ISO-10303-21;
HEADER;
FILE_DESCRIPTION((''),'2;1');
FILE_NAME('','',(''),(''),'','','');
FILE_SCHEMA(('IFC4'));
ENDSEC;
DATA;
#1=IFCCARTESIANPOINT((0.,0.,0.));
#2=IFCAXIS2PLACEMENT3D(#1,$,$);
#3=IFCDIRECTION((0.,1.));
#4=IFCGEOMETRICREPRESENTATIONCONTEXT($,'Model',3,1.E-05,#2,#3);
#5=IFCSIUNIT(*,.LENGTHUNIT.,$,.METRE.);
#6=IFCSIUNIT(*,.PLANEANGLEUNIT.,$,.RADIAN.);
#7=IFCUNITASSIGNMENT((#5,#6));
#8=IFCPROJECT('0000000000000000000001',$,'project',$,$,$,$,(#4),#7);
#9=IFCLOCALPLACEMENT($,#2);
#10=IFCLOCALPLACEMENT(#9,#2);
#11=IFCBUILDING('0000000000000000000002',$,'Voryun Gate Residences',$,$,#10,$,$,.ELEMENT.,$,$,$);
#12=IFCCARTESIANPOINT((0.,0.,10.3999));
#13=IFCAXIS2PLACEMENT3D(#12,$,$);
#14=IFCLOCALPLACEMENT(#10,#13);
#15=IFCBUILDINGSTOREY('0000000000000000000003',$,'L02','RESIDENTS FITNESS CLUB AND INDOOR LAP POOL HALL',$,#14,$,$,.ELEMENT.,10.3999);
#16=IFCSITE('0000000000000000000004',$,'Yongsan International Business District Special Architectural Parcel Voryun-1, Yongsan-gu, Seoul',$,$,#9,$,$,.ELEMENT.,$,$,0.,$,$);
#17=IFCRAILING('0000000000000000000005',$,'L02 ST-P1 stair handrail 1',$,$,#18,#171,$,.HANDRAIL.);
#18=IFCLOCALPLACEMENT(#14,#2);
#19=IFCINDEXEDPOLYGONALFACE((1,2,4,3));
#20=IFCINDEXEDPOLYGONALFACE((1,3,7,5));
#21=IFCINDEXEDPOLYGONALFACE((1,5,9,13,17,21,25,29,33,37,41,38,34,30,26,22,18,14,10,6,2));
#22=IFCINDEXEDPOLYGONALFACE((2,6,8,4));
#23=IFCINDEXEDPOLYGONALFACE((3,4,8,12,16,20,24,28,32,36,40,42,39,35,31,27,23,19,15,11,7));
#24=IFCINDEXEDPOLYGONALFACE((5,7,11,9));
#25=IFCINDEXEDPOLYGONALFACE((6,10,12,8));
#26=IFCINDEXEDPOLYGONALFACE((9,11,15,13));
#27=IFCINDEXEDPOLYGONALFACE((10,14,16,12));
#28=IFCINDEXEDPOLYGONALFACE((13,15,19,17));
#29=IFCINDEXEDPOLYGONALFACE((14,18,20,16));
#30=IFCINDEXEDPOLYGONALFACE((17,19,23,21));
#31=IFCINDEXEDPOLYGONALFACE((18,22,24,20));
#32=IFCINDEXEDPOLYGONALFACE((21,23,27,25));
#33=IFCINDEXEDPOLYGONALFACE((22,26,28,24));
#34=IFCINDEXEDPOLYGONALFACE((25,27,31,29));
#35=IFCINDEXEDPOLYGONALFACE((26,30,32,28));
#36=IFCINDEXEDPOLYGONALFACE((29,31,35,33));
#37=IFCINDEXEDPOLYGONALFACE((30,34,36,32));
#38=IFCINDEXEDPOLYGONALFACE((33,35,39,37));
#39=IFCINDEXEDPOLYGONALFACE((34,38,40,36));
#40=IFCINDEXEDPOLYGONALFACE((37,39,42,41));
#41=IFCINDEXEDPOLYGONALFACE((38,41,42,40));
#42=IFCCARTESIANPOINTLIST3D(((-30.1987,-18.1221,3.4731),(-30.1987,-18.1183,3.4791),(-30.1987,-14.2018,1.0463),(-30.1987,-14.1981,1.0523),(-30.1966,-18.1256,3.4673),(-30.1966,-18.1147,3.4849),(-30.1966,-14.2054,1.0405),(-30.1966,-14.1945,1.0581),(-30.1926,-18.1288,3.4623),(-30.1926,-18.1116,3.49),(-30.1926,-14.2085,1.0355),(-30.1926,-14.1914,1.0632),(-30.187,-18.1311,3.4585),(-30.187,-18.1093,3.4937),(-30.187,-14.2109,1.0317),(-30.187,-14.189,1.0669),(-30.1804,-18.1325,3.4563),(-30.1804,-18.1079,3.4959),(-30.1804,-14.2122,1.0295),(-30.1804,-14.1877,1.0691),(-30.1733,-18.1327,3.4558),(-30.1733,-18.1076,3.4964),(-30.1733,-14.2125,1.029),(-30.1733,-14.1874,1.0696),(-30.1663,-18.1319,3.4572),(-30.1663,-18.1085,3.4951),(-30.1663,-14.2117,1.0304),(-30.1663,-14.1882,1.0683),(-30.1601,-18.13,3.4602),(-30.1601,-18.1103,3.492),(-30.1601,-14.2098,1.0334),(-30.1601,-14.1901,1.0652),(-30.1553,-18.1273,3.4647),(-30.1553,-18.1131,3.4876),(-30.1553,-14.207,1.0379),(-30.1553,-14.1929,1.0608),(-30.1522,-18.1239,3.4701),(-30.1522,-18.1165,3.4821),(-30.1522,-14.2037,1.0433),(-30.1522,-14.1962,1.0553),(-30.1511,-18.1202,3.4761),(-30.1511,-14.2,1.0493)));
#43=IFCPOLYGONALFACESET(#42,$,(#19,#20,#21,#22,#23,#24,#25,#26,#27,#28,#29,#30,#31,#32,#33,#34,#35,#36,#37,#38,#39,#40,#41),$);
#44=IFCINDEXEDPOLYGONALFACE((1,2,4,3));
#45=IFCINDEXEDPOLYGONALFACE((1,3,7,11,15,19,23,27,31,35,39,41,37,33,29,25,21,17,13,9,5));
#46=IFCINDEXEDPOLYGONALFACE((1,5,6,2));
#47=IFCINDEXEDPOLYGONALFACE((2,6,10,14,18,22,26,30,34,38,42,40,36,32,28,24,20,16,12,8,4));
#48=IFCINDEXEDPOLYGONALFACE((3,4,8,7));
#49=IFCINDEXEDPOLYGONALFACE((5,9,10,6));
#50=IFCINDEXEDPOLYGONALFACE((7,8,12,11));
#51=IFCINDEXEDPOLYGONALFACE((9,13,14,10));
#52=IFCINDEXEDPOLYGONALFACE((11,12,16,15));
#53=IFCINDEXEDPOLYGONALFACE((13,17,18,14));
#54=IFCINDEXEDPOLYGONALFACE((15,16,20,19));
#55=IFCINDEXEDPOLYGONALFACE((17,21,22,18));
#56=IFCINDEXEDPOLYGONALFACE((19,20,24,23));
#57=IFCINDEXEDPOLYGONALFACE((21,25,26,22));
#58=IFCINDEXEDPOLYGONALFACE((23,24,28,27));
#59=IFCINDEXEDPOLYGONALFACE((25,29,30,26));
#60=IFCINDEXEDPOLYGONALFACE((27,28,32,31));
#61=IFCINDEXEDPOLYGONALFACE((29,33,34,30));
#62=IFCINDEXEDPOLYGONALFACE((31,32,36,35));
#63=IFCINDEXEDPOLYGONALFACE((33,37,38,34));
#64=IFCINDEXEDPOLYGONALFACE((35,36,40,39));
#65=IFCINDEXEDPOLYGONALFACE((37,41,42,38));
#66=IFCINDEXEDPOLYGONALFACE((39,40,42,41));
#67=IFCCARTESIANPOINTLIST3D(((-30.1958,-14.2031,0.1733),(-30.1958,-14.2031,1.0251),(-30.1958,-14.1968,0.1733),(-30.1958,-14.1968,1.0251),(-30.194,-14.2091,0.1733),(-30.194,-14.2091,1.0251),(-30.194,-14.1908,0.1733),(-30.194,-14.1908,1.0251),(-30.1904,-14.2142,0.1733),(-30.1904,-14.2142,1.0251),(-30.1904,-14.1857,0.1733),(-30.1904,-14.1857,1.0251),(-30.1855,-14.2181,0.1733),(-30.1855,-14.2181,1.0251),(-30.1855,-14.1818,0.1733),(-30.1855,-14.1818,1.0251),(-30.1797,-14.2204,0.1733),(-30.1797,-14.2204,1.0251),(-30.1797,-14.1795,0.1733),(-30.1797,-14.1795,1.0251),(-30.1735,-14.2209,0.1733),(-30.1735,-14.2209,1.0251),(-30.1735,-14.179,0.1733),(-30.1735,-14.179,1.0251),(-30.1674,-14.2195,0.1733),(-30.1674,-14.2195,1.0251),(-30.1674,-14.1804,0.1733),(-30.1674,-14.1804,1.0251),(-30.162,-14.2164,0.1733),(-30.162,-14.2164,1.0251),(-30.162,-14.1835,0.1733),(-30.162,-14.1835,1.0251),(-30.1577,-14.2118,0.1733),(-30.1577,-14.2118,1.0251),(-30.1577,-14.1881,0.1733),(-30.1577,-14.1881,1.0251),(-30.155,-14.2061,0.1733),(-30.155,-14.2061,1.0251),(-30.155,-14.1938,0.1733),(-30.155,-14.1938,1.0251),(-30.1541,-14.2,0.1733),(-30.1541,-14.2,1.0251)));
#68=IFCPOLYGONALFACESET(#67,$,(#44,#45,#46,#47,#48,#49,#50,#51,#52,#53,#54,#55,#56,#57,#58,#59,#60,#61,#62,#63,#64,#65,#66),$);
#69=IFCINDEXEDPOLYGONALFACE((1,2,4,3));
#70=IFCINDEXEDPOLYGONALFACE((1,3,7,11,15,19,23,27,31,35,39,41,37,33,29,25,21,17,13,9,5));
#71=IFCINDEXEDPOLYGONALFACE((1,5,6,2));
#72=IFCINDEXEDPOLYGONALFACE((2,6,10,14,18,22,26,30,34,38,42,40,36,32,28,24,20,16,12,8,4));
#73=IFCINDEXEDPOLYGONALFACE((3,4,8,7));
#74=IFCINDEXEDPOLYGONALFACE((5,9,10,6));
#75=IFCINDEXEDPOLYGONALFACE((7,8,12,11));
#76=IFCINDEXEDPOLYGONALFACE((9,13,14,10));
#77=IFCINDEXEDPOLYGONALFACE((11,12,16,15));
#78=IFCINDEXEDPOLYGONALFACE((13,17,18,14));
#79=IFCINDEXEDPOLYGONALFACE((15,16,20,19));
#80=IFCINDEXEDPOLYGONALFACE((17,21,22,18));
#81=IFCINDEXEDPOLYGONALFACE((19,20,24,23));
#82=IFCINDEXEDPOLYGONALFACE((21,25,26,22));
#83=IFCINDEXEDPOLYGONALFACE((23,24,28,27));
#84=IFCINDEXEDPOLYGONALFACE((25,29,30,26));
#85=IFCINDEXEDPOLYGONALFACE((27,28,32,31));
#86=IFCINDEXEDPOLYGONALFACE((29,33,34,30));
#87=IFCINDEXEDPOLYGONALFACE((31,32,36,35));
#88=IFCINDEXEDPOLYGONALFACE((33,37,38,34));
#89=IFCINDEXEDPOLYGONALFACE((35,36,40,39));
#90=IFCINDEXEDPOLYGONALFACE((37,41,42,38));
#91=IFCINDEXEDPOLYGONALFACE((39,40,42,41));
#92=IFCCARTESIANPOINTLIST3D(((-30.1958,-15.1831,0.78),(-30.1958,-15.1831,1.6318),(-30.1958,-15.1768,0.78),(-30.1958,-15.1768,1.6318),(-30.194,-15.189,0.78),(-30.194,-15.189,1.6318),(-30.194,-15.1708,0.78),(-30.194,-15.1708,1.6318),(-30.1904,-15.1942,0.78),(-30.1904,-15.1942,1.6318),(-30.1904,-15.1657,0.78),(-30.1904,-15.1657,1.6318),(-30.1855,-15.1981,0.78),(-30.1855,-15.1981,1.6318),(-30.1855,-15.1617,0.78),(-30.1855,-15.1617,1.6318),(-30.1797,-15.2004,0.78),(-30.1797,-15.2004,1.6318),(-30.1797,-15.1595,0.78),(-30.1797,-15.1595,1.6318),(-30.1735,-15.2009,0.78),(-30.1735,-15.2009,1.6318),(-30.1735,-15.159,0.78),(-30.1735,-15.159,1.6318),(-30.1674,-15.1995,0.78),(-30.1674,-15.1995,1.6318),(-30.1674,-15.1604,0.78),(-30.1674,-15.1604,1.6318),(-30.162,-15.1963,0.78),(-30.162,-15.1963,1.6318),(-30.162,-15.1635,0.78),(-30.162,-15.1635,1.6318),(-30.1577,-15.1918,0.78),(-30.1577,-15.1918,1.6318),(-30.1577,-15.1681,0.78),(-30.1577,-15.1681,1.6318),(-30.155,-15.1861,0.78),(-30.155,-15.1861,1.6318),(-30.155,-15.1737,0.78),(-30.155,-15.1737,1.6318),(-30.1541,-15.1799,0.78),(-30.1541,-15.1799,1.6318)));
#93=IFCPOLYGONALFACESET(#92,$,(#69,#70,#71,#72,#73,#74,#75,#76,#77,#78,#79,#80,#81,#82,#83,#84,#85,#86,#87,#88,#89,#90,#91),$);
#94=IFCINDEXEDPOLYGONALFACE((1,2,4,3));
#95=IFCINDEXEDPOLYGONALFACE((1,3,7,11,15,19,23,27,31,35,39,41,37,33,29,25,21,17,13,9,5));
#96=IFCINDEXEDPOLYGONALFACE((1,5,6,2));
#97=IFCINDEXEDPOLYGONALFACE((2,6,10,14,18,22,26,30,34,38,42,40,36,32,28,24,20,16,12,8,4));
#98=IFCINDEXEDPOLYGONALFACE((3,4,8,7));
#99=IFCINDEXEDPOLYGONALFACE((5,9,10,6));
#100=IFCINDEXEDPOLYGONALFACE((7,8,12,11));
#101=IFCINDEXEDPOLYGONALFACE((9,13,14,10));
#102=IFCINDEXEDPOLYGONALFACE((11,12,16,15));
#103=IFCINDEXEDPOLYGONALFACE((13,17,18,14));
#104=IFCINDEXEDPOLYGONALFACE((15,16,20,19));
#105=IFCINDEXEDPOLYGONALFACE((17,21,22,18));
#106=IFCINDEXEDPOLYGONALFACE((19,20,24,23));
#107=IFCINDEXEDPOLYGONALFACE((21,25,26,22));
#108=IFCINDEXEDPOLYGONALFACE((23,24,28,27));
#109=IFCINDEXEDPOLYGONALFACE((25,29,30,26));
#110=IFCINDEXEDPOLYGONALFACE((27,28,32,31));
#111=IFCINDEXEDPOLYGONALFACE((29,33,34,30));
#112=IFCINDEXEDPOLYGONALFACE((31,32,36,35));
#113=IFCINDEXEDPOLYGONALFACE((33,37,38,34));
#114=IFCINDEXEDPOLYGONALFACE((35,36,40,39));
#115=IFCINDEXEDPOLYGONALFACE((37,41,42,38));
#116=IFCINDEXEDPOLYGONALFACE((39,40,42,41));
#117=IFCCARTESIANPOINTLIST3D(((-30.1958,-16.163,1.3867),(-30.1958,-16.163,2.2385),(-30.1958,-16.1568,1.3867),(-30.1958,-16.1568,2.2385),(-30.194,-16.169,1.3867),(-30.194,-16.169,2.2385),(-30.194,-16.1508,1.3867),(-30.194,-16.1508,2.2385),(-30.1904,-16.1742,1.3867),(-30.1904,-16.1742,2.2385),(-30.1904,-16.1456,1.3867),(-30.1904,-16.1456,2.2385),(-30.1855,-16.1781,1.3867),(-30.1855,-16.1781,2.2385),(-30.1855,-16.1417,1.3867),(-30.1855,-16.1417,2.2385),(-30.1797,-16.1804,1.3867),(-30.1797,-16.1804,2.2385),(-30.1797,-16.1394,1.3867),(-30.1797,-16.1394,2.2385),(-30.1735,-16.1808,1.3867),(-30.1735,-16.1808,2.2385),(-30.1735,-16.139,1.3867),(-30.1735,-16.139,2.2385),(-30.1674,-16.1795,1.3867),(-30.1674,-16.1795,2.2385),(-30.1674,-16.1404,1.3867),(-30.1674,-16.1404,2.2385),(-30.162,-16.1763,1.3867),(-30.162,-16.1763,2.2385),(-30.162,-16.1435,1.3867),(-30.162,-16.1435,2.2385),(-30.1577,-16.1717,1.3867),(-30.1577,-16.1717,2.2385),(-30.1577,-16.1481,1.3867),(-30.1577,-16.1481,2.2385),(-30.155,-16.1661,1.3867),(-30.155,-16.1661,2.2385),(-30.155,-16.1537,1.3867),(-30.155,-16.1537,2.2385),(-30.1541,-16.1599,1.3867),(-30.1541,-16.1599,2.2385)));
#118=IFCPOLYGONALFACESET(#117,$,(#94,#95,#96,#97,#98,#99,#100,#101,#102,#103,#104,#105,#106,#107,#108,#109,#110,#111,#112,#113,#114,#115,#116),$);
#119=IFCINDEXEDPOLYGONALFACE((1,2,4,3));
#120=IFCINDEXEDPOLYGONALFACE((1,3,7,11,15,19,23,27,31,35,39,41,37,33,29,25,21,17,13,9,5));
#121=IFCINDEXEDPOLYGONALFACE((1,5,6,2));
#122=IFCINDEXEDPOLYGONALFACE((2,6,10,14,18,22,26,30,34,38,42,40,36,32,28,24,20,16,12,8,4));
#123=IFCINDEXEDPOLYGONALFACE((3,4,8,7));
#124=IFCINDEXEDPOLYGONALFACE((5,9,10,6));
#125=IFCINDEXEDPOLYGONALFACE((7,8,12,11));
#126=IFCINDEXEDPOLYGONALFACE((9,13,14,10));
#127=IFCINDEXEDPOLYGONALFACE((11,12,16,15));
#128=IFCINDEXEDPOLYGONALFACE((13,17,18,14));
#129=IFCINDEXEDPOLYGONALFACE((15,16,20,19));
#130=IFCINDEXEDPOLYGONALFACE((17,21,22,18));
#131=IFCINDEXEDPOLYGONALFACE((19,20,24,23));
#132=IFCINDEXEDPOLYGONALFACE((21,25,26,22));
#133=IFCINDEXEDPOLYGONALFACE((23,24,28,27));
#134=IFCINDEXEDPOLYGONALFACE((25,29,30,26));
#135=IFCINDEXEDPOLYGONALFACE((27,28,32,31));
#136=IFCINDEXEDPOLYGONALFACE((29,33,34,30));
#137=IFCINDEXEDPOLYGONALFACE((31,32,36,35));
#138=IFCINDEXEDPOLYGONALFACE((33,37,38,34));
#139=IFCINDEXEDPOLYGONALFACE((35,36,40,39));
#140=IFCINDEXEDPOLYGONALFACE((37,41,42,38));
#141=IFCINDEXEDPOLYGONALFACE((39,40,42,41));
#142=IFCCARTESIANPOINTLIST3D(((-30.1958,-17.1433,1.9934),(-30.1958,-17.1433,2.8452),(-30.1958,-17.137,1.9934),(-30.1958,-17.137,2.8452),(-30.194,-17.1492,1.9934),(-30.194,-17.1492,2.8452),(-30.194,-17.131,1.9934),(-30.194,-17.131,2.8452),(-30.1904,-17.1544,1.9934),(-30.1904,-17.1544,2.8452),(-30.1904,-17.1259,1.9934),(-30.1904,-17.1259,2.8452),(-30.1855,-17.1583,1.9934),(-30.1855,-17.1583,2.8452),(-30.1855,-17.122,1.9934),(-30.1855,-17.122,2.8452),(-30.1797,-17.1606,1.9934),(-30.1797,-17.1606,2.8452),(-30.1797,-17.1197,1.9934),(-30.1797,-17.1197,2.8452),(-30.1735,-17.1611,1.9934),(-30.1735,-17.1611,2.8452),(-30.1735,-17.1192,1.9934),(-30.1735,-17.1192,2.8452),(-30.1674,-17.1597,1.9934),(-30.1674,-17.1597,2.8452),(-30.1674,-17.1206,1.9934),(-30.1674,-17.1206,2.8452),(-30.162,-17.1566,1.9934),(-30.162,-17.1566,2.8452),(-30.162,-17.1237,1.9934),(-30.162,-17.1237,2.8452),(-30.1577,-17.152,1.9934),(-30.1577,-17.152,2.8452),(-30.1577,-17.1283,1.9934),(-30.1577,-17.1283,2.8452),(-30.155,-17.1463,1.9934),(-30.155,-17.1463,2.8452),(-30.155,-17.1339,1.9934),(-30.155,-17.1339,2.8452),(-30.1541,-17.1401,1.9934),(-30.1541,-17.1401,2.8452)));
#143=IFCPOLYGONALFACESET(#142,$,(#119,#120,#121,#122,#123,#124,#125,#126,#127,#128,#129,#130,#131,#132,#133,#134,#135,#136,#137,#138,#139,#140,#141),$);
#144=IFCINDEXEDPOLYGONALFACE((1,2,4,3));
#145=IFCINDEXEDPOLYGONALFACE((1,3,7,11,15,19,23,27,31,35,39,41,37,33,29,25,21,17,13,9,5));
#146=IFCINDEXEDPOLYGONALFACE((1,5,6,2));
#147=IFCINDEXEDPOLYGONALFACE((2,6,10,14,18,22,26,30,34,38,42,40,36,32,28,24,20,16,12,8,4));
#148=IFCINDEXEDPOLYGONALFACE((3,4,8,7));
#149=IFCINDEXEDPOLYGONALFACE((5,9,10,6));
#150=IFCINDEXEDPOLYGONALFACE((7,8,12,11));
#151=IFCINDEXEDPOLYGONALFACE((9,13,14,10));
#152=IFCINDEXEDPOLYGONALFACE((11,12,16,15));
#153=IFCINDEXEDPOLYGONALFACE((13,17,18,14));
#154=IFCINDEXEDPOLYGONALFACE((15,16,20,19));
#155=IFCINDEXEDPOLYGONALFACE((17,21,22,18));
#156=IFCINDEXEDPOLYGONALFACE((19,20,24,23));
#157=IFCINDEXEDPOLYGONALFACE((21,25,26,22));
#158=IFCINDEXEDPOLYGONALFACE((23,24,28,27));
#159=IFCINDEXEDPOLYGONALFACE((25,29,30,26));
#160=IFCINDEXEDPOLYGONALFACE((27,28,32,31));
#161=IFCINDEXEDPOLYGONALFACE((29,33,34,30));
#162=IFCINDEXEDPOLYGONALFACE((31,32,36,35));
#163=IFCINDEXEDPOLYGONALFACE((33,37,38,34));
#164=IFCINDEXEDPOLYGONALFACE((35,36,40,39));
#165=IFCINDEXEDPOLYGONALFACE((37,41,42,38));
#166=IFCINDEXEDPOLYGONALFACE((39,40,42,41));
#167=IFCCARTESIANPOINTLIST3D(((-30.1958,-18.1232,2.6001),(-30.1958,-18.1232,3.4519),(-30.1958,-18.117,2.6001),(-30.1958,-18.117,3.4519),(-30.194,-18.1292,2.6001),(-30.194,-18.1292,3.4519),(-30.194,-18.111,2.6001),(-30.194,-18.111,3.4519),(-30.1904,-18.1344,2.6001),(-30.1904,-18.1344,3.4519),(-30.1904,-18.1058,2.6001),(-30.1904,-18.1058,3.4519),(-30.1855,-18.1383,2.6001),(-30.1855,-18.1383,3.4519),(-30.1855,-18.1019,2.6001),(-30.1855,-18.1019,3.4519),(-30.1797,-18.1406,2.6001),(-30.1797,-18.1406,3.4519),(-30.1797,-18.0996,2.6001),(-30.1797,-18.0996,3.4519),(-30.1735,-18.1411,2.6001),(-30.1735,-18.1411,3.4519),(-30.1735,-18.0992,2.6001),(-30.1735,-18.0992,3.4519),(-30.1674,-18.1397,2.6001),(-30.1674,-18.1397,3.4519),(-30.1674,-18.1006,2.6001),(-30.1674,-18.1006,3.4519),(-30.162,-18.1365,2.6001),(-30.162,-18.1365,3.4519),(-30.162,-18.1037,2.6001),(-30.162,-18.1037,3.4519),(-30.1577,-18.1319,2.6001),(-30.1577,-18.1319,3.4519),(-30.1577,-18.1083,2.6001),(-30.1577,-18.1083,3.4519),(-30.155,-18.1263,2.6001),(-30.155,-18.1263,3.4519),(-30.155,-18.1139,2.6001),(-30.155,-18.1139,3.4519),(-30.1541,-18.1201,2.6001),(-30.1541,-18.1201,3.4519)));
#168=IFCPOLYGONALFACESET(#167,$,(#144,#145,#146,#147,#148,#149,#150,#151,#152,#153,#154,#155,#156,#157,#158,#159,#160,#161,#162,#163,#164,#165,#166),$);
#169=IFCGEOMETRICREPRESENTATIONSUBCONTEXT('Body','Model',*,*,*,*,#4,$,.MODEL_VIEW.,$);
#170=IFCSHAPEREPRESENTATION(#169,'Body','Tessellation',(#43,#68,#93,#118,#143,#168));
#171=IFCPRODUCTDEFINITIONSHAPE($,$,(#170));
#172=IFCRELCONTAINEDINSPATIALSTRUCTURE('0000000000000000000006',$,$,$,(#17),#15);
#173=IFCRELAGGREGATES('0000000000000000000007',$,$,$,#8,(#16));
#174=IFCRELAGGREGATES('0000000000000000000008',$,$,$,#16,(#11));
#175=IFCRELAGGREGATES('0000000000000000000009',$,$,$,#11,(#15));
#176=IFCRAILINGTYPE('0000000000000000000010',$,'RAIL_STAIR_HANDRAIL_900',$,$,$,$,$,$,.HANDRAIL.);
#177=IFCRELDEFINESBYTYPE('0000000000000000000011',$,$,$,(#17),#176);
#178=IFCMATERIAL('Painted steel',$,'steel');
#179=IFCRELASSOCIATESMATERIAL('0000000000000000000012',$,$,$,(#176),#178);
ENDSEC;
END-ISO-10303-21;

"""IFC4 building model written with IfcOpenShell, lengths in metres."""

from ifc_helpers import new_model, si_unit, direction, frame, origin, origin_2d, place, context, subcontext, project, spatial, circle, extrude, material, type_object, element, save


model = new_model("IFC4")

# Units and contexts
model_context = context("Model", 3, precision=1e-05, world=origin(), true_north=direction((0.0, 1.0)))
body_context = subcontext(model_context, "Body", "Model", "MODEL_VIEW")
ifc_project = project(units=[si_unit("LENGTHUNIT", "METRE"), si_unit("PLANEANGLEUNIT", "RADIAN")], contexts=[model_context])

# Site, building, storey
site_placement = place(None, origin())
site = spatial("IfcSite", under=ifc_project, at=site_placement, Name="Yongsan International Business District Special Architectural Parcel Voryun-1, Yongsan-gu, Seoul", CompositionType="ELEMENT", RefElevation=0.0)
building_placement = place(site_placement, origin())
building = spatial("IfcBuilding", under=site, at=building_placement, Name="Voryun Gate Residences", CompositionType="ELEMENT")
storey_placement = place(building_placement, frame((0.0, 0.0, 10.3999)))
storey = spatial("IfcBuildingStorey", under=building, at=storey_placement, Name="L02", Description="RESIDENTS FITNESS CLUB AND INDOOR LAP POOL HALL", CompositionType="ELEMENT", Elevation=10.3999)

# Railing
ifc_material_1 = material(Name="Painted steel", Category="steel")
railing_type_1 = type_object("IfcRailingType", Name="RAIL_STAIR_HANDRAIL_900", PredefinedType="HANDRAIL", material=ifc_material_1)
railing_1_placement = place(storey_placement, frame((-30.175, -14.2, 0.1733)))
element("IfcRailing", 1, at=railing_1_placement, inside=storey, type_object=railing_type_1, Name="L02 ST-P1 stair handrail 1", PredefinedType="HANDRAIL", context=body_context, shape_type="SweptSolid", body=[
    extrude(circle(Radius=0.0239, at=origin_2d()), frame((0.0, 0.0, 0.876), z_axis=(0.0, -0.850266, 0.526353), x_axis=(1.0, 0.0, 0.0)), (0.0, 0.0, 1.0), 4.6106),
    extrude(circle(Radius=0.021, at=origin_2d()), origin(), (0.0, 0.0, 1.0), 0.8518),
    extrude(circle(Radius=0.021, at=origin_2d()), frame((0.0, -0.98, 0.6067)), (0.0, 0.0, 1.0), 0.8518),
    extrude(circle(Radius=0.021, at=origin_2d()), frame((0.0, -1.96, 1.2134)), (0.0, 0.0, 1.0), 0.8518),
    extrude(circle(Radius=0.021, at=origin_2d()), frame((0.0, -2.9402, 1.8201)), (0.0, 0.0, 1.0), 0.8518),
    extrude(circle(Radius=0.021, at=origin_2d()), frame((0.0, -3.9202, 2.4268)), (0.0, 0.0, 1.0), 0.8518),
])

save(model, "model.ifc")
